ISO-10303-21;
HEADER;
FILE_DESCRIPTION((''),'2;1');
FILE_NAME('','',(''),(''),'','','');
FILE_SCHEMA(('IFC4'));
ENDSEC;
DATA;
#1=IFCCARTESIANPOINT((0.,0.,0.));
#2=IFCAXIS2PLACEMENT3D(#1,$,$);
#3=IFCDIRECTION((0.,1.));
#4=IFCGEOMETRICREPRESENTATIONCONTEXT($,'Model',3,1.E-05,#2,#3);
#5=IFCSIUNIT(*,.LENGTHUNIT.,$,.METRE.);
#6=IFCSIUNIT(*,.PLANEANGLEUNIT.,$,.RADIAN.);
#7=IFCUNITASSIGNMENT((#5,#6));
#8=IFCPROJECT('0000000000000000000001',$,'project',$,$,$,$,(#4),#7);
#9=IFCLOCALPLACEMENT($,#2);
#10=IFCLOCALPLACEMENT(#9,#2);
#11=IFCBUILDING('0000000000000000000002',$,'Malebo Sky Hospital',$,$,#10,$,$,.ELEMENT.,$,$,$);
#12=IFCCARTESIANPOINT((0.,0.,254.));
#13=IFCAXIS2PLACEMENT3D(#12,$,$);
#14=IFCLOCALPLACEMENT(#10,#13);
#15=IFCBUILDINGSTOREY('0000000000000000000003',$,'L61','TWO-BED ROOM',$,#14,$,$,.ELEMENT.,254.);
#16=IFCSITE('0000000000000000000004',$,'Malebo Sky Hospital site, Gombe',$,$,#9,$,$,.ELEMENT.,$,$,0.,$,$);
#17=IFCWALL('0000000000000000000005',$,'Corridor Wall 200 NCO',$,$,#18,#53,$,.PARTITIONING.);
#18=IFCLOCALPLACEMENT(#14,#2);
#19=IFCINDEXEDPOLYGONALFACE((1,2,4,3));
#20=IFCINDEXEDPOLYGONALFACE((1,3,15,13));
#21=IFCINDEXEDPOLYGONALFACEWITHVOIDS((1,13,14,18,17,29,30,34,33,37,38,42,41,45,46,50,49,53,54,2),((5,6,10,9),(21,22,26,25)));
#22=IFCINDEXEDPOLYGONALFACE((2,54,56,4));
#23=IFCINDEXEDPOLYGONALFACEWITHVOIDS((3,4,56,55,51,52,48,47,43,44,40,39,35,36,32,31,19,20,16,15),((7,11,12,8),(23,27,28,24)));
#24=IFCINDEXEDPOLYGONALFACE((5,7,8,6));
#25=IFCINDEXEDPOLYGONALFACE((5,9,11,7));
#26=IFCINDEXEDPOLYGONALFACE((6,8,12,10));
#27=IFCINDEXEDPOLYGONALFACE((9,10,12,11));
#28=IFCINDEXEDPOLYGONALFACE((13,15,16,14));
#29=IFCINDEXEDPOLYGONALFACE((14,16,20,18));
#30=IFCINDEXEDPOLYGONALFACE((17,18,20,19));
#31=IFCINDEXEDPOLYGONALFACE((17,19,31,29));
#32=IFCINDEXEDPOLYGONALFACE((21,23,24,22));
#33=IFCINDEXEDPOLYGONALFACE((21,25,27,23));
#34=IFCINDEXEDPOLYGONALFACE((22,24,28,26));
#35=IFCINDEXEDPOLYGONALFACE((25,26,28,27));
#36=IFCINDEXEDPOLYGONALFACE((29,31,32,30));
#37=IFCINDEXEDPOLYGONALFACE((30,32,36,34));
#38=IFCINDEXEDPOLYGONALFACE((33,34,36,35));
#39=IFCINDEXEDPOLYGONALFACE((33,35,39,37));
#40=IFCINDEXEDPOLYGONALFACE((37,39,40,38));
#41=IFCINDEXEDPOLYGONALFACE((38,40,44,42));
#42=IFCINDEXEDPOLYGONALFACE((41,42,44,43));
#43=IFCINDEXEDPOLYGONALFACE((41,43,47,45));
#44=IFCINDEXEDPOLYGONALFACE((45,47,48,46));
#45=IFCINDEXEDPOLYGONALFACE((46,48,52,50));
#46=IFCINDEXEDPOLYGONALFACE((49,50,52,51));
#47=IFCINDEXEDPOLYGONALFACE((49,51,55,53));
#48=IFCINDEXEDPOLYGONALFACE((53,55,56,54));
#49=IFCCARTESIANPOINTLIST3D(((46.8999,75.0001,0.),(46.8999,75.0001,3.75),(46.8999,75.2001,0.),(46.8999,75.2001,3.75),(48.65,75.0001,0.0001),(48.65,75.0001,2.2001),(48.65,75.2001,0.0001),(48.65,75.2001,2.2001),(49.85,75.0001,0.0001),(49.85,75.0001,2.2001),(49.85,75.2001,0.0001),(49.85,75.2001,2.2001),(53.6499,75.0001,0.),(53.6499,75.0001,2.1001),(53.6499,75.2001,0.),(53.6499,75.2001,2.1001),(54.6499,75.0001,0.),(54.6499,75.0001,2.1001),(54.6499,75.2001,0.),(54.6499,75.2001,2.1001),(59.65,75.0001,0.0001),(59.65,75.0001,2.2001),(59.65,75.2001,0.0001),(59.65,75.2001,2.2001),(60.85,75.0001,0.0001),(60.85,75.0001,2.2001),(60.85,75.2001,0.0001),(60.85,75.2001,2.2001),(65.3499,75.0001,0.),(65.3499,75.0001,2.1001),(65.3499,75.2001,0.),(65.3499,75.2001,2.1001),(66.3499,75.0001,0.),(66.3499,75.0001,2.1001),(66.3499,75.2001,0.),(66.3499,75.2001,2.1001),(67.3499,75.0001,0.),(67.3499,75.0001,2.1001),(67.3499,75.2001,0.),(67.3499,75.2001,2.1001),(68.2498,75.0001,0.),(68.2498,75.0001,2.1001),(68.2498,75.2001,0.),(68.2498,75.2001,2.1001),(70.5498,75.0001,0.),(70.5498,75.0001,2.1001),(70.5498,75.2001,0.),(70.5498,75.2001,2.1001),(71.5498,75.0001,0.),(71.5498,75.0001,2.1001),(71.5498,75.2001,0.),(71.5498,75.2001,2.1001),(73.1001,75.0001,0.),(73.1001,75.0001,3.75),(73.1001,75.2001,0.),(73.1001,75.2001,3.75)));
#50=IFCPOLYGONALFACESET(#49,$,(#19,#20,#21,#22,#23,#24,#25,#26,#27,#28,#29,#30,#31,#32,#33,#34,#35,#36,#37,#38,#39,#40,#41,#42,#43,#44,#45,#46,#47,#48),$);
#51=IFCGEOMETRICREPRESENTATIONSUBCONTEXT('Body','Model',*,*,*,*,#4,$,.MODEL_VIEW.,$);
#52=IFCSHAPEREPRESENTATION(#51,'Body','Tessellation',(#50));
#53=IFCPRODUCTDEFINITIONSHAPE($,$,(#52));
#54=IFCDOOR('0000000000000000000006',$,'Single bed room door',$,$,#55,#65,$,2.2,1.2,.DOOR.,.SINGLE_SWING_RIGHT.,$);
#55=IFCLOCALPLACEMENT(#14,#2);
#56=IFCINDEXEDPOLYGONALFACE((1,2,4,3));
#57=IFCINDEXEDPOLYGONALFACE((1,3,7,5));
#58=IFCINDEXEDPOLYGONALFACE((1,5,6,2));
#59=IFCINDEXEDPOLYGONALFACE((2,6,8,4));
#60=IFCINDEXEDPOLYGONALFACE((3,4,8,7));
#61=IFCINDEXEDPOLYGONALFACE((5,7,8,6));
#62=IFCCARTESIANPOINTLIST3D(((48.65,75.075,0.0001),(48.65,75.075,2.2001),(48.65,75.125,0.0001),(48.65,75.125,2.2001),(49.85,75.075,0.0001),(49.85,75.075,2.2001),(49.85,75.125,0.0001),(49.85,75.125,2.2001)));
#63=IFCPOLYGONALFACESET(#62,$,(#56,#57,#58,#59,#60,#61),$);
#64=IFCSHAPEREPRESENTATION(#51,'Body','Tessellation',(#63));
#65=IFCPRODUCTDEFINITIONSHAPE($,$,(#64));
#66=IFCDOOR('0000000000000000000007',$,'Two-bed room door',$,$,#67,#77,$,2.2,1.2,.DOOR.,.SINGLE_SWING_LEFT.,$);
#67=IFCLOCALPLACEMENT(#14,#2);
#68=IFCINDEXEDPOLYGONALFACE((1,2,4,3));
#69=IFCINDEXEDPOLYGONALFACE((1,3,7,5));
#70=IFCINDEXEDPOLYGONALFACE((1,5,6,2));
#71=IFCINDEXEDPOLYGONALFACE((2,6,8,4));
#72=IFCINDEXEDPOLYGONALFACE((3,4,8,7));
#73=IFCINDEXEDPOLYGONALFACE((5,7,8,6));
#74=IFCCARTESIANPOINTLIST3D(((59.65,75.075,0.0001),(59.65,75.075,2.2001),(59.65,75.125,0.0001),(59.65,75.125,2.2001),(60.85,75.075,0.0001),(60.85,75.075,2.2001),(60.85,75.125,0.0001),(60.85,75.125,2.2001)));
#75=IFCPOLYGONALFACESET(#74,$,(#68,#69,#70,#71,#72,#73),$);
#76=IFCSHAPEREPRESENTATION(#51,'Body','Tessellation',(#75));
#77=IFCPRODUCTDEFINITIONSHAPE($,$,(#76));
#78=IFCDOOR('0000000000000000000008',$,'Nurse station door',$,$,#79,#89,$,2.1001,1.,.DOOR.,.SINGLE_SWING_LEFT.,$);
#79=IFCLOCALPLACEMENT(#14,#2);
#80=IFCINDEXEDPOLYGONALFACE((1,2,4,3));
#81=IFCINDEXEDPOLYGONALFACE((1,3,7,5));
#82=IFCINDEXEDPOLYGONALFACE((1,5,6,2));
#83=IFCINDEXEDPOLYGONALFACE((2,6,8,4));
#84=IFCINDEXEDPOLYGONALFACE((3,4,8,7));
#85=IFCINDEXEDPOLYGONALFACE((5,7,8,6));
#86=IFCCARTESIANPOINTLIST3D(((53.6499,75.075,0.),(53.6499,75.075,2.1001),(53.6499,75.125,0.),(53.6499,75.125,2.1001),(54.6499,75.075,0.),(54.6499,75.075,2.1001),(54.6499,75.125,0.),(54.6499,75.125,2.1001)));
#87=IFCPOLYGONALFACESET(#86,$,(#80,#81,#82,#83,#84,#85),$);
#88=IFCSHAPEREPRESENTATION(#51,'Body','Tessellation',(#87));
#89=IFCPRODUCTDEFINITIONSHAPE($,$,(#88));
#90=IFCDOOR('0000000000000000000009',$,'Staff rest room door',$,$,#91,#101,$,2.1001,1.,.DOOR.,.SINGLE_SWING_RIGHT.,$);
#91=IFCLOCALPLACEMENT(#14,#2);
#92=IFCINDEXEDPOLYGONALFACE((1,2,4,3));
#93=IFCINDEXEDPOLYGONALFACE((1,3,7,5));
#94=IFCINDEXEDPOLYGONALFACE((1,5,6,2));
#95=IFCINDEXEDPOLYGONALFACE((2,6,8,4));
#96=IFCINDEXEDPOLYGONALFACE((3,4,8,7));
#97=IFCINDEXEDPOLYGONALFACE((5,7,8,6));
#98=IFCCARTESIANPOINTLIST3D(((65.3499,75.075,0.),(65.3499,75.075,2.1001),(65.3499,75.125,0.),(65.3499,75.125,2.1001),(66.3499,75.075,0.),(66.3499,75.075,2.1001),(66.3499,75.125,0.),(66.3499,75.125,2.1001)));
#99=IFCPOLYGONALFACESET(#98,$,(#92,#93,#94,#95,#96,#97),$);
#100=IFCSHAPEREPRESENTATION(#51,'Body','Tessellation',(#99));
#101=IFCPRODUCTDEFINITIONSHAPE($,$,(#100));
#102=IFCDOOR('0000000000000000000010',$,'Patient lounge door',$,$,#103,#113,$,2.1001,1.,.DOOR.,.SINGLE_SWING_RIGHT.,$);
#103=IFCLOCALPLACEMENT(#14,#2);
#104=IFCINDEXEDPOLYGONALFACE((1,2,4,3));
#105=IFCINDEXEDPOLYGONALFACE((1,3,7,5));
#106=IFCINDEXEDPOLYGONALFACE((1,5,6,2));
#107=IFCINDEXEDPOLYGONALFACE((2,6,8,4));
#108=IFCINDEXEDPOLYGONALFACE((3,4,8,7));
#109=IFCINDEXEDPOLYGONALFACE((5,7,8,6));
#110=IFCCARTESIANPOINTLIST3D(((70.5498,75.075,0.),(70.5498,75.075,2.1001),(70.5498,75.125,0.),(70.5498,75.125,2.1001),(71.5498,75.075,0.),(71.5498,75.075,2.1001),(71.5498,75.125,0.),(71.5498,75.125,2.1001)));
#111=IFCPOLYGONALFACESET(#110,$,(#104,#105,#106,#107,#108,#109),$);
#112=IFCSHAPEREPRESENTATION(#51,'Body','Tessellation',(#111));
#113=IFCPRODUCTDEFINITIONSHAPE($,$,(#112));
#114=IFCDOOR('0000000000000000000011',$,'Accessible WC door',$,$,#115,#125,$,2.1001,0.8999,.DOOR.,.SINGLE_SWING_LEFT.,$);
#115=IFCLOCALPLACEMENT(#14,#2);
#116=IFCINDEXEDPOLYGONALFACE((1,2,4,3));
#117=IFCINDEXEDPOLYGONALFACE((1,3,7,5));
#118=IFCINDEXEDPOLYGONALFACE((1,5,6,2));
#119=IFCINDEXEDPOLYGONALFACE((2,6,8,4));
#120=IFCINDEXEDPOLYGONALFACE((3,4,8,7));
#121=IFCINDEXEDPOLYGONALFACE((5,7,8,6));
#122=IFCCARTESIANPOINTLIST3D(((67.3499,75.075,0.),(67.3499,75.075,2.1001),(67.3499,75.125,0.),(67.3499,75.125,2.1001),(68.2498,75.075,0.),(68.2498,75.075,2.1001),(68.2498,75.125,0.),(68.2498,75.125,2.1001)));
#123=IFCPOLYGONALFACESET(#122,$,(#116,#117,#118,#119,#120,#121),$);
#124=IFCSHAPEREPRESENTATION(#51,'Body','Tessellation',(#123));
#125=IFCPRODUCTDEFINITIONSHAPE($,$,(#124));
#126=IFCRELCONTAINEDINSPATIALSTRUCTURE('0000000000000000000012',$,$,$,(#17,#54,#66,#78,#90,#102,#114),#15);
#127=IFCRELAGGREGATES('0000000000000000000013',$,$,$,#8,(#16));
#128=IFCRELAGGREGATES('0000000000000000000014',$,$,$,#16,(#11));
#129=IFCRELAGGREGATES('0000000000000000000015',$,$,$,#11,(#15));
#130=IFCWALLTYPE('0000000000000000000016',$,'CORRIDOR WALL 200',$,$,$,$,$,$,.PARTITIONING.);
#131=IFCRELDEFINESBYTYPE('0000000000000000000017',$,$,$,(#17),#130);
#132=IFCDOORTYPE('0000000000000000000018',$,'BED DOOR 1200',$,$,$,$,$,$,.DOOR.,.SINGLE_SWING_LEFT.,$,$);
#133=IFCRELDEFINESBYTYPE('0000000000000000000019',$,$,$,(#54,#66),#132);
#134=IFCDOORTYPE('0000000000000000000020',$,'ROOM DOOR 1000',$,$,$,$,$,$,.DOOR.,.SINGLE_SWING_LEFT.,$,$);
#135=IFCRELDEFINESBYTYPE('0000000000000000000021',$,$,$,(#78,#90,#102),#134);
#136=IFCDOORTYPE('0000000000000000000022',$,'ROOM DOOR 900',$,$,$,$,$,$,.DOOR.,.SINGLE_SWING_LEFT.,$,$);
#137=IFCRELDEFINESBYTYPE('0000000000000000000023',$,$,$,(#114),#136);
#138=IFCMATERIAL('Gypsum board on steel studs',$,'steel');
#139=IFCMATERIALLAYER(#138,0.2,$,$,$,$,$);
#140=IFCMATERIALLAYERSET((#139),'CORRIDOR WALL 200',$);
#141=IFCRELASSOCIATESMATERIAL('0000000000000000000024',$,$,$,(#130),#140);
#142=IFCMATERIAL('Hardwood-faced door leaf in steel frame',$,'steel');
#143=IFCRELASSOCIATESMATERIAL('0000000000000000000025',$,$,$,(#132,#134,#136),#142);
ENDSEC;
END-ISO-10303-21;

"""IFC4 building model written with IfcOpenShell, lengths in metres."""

from ifc_helpers import new_model, si_unit, direction, frame, frame_2d, origin, place, context, subcontext, project, spatial, rectangle, extrude, material, layer, layer_set, type_object, element, fill, save


model = new_model("IFC4")

# Units and contexts
model_context = context("Model", 3, precision=1e-05, world=origin(), true_north=direction((0.0, 1.0)))
body_context = subcontext(model_context, "Body", "Model", "MODEL_VIEW")
ifc_project = project(units=[si_unit("LENGTHUNIT", "METRE"), si_unit("PLANEANGLEUNIT", "RADIAN")], contexts=[model_context])

# Site, building, storey
site_placement = place(None, origin())
site = spatial("IfcSite", under=ifc_project, at=site_placement, Name="Malebo Sky Hospital site, Gombe", CompositionType="ELEMENT", RefElevation=0.0)
building_placement = place(site_placement, origin())
building = spatial("IfcBuilding", under=site, at=building_placement, Name="Malebo Sky Hospital", CompositionType="ELEMENT")
storey_placement = place(building_placement, frame((0.0, 0.0, 254.0)))
storey = spatial("IfcBuildingStorey", under=building, at=storey_placement, Name="L61", Description="TWO-BED ROOM", CompositionType="ELEMENT", Elevation=254.0)

# Shared definitions
ifc_material_1 = material(Name="Hardwood-faced door leaf in steel frame", Category="steel")

# Wall, openings, doors
ifc_material_2 = material(Name="Gypsum board on steel studs", Category="steel")
ifc_layer_1 = layer(ifc_material_2, 0.2)
ifc_layer_set_1 = layer_set([ifc_layer_1], Name="CORRIDOR WALL 200")
wall_type_1 = type_object("IfcWallType", Name="CORRIDOR WALL 200", PredefinedType="PARTITIONING", material=ifc_layer_set_1)
wall_1_placement = place(storey_placement, frame((46.8999, 75.1001, 0.0), z_axis=(0.0, 0.0, 1.0), x_axis=(1.0, 0.0, 0.0)))
wall_1 = element("IfcWall", 1, at=wall_1_placement, inside=storey, type_object=wall_type_1, Name="Corridor Wall 200 NCO", PredefinedType="PARTITIONING", context=body_context, shape_type="SweptSolid", body=[
    extrude(rectangle(XDim=26.2002, YDim=0.2, at=frame_2d((13.1001, 0.0))), origin(), (0.0, 0.0, 1.0), 3.75),
])
opening_1_placement = place(wall_1_placement, frame((1.75, 0.0, 0.0)))
opening_1 = element("IfcOpeningElement", 2, at=opening_1_placement, cuts=wall_1, PredefinedType="OPENING", context=body_context, shape_type="SweptSolid", body=[
    extrude(rectangle(XDim=1.2, YDim=2.2, at=frame_2d((0.6001, 1.1001))), frame((0.0, 0.1099, 0.0), z_axis=(0.0, -1.0, 0.0), x_axis=(1.0, 0.0, 0.0)), (0.0, 0.0, 1.0), 0.22),
])
opening_2_placement = place(wall_1_placement, frame((6.75, 0.0, 0.0)))
opening_2 = element("IfcOpeningElement", 3, at=opening_2_placement, cuts=wall_1, PredefinedType="OPENING", context=body_context, shape_type="SweptSolid", body=[
    extrude(rectangle(XDim=1.0, YDim=2.1001, at=frame_2d((0.5, 1.05))), frame((0.0, 0.1099, 0.0), z_axis=(0.0, -1.0, 0.0), x_axis=(1.0, 0.0, 0.0)), (0.0, 0.0, 1.0), 0.22),
])
opening_3_placement = place(wall_1_placement, frame((12.75, 0.0, 0.0)))
opening_3 = element("IfcOpeningElement", 4, at=opening_3_placement, cuts=wall_1, PredefinedType="OPENING", context=body_context, shape_type="SweptSolid", body=[
    extrude(rectangle(XDim=1.2, YDim=2.2, at=frame_2d((0.6001, 1.1001))), frame((0.0, 0.1099, 0.0), z_axis=(0.0, -1.0, 0.0), x_axis=(1.0, 0.0, 0.0)), (0.0, 0.0, 1.0), 0.22),
])
opening_4_placement = place(wall_1_placement, frame((20.45, 0.0, 0.0)))
opening_4 = element("IfcOpeningElement", 5, at=opening_4_placement, cuts=wall_1, PredefinedType="OPENING", context=body_context, shape_type="SweptSolid", body=[
    extrude(rectangle(XDim=0.8999, YDim=2.1001, at=frame_2d((0.45, 1.05))), frame((0.0, 0.1099, 0.0), z_axis=(0.0, -1.0, 0.0), x_axis=(1.0, 0.0, 0.0)), (0.0, 0.0, 1.0), 0.22),
])
opening_5_placement = place(wall_1_placement, frame((18.45, 0.0, 0.0)))
opening_5 = element("IfcOpeningElement", 6, at=opening_5_placement, cuts=wall_1, PredefinedType="OPENING", context=body_context, shape_type="SweptSolid", body=[
    extrude(rectangle(XDim=1.0, YDim=2.1001, at=frame_2d((0.5, 1.05))), frame((0.0, 0.1099, 0.0), z_axis=(0.0, -1.0, 0.0), x_axis=(1.0, 0.0, 0.0)), (0.0, 0.0, 1.0), 0.22),
])
opening_6_placement = place(wall_1_placement, frame((23.6499, 0.0, 0.0)))
opening_6 = element("IfcOpeningElement", 7, at=opening_6_placement, cuts=wall_1, PredefinedType="OPENING", context=body_context, shape_type="SweptSolid", body=[
    extrude(rectangle(XDim=1.0, YDim=2.1001, at=frame_2d((0.5, 1.05))), frame((0.0, 0.1099, 0.0), z_axis=(0.0, -1.0, 0.0), x_axis=(1.0, 0.0, 0.0)), (0.0, 0.0, 1.0), 0.22),
])
door_type_1 = type_object("IfcDoorType", Name="BED DOOR 1200", OperationType="SINGLE_SWING_LEFT", PredefinedType="DOOR", material=ifc_material_1)
door_1_placement = place(opening_1_placement, origin())
door_1 = element("IfcDoor", 8, at=door_1_placement, inside=storey, type_object=door_type_1, Name="Single bed room door", OperationType="SINGLE_SWING_RIGHT", OverallHeight=2.2, OverallWidth=1.2, PredefinedType="DOOR", context=body_context, shape_type="SweptSolid", body=[
    extrude(rectangle(XDim=1.2, YDim=2.2, at=frame_2d((0.6001, 1.1001))), frame((0.0, 0.0249, 0.0), z_axis=(0.0, -1.0, 0.0), x_axis=(1.0, 0.0, 0.0)), (0.0, 0.0, 1.0), 0.05),
])
fill(opening_1, door_1)
door_2_placement = place(opening_3_placement, origin())
door_2 = element("IfcDoor", 9, at=door_2_placement, inside=storey, type_object=door_type_1, Name="Two-bed room door", OperationType="SINGLE_SWING_LEFT", OverallHeight=2.2, OverallWidth=1.2, PredefinedType="DOOR", context=body_context, shape_type="SweptSolid", body=[
    extrude(rectangle(XDim=1.2, YDim=2.2, at=frame_2d((0.6001, 1.1001))), frame((0.0, 0.0249, 0.0), z_axis=(0.0, -1.0, 0.0), x_axis=(1.0, 0.0, 0.0)), (0.0, 0.0, 1.0), 0.05),
])
fill(opening_3, door_2)
door_type_2 = type_object("IfcDoorType", Name="ROOM DOOR 1000", OperationType="SINGLE_SWING_LEFT", PredefinedType="DOOR", material=ifc_material_1)
door_3_placement = place(opening_2_placement, origin())
door_3 = element("IfcDoor", 10, at=door_3_placement, inside=storey, type_object=door_type_2, Name="Nurse station door", OperationType="SINGLE_SWING_LEFT", OverallHeight=2.1001, OverallWidth=1.0, PredefinedType="DOOR", context=body_context, shape_type="SweptSolid", body=[
    extrude(rectangle(XDim=1.0, YDim=2.1001, at=frame_2d((0.5, 1.05))), frame((0.0, 0.0249, 0.0), z_axis=(0.0, -1.0, 0.0), x_axis=(1.0, 0.0, 0.0)), (0.0, 0.0, 1.0), 0.05),
])
fill(opening_2, door_3)
door_4_placement = place(opening_5_placement, origin())
door_4 = element("IfcDoor", 11, at=door_4_placement, inside=storey, type_object=door_type_2, Name="Staff rest room door", OperationType="SINGLE_SWING_RIGHT", OverallHeight=2.1001, OverallWidth=1.0, PredefinedType="DOOR", context=body_context, shape_type="SweptSolid", body=[
    extrude(rectangle(XDim=1.0, YDim=2.1001, at=frame_2d((0.5, 1.05))), frame((0.0, 0.0249, 0.0), z_axis=(0.0, -1.0, 0.0), x_axis=(1.0, 0.0, 0.0)), (0.0, 0.0, 1.0), 0.05),
])
fill(opening_5, door_4)
door_5_placement = place(opening_6_placement, origin())
door_5 = element("IfcDoor", 12, at=door_5_placement, inside=storey, type_object=door_type_2, Name="Patient lounge door", OperationType="SINGLE_SWING_RIGHT", OverallHeight=2.1001, OverallWidth=1.0, PredefinedType="DOOR", context=body_context, shape_type="SweptSolid", body=[
    extrude(rectangle(XDim=1.0, YDim=2.1001, at=frame_2d((0.5, 1.05))), frame((0.0, 0.0249, 0.0), z_axis=(0.0, -1.0, 0.0), x_axis=(1.0, 0.0, 0.0)), (0.0, 0.0, 1.0), 0.05),
])
fill(opening_6, door_5)
door_type_3 = type_object("IfcDoorType", Name="ROOM DOOR 900", OperationType="SINGLE_SWING_LEFT", PredefinedType="DOOR", material=ifc_material_1)
door_6_placement = place(opening_4_placement, origin())
door_6 = element("IfcDoor", 13, at=door_6_placement, inside=storey, type_object=door_type_3, Name="Accessible WC door", OperationType="SINGLE_SWING_LEFT", OverallHeight=2.1001, OverallWidth=0.8999, PredefinedType="DOOR", context=body_context, shape_type="SweptSolid", body=[
    extrude(rectangle(XDim=0.8999, YDim=2.1001, at=frame_2d((0.45, 1.05))), frame((0.0, 0.0249, 0.0), z_axis=(0.0, -1.0, 0.0), x_axis=(1.0, 0.0, 0.0)), (0.0, 0.0, 1.0), 0.05),
])
fill(opening_4, door_6)

save(model, "model.ifc")
